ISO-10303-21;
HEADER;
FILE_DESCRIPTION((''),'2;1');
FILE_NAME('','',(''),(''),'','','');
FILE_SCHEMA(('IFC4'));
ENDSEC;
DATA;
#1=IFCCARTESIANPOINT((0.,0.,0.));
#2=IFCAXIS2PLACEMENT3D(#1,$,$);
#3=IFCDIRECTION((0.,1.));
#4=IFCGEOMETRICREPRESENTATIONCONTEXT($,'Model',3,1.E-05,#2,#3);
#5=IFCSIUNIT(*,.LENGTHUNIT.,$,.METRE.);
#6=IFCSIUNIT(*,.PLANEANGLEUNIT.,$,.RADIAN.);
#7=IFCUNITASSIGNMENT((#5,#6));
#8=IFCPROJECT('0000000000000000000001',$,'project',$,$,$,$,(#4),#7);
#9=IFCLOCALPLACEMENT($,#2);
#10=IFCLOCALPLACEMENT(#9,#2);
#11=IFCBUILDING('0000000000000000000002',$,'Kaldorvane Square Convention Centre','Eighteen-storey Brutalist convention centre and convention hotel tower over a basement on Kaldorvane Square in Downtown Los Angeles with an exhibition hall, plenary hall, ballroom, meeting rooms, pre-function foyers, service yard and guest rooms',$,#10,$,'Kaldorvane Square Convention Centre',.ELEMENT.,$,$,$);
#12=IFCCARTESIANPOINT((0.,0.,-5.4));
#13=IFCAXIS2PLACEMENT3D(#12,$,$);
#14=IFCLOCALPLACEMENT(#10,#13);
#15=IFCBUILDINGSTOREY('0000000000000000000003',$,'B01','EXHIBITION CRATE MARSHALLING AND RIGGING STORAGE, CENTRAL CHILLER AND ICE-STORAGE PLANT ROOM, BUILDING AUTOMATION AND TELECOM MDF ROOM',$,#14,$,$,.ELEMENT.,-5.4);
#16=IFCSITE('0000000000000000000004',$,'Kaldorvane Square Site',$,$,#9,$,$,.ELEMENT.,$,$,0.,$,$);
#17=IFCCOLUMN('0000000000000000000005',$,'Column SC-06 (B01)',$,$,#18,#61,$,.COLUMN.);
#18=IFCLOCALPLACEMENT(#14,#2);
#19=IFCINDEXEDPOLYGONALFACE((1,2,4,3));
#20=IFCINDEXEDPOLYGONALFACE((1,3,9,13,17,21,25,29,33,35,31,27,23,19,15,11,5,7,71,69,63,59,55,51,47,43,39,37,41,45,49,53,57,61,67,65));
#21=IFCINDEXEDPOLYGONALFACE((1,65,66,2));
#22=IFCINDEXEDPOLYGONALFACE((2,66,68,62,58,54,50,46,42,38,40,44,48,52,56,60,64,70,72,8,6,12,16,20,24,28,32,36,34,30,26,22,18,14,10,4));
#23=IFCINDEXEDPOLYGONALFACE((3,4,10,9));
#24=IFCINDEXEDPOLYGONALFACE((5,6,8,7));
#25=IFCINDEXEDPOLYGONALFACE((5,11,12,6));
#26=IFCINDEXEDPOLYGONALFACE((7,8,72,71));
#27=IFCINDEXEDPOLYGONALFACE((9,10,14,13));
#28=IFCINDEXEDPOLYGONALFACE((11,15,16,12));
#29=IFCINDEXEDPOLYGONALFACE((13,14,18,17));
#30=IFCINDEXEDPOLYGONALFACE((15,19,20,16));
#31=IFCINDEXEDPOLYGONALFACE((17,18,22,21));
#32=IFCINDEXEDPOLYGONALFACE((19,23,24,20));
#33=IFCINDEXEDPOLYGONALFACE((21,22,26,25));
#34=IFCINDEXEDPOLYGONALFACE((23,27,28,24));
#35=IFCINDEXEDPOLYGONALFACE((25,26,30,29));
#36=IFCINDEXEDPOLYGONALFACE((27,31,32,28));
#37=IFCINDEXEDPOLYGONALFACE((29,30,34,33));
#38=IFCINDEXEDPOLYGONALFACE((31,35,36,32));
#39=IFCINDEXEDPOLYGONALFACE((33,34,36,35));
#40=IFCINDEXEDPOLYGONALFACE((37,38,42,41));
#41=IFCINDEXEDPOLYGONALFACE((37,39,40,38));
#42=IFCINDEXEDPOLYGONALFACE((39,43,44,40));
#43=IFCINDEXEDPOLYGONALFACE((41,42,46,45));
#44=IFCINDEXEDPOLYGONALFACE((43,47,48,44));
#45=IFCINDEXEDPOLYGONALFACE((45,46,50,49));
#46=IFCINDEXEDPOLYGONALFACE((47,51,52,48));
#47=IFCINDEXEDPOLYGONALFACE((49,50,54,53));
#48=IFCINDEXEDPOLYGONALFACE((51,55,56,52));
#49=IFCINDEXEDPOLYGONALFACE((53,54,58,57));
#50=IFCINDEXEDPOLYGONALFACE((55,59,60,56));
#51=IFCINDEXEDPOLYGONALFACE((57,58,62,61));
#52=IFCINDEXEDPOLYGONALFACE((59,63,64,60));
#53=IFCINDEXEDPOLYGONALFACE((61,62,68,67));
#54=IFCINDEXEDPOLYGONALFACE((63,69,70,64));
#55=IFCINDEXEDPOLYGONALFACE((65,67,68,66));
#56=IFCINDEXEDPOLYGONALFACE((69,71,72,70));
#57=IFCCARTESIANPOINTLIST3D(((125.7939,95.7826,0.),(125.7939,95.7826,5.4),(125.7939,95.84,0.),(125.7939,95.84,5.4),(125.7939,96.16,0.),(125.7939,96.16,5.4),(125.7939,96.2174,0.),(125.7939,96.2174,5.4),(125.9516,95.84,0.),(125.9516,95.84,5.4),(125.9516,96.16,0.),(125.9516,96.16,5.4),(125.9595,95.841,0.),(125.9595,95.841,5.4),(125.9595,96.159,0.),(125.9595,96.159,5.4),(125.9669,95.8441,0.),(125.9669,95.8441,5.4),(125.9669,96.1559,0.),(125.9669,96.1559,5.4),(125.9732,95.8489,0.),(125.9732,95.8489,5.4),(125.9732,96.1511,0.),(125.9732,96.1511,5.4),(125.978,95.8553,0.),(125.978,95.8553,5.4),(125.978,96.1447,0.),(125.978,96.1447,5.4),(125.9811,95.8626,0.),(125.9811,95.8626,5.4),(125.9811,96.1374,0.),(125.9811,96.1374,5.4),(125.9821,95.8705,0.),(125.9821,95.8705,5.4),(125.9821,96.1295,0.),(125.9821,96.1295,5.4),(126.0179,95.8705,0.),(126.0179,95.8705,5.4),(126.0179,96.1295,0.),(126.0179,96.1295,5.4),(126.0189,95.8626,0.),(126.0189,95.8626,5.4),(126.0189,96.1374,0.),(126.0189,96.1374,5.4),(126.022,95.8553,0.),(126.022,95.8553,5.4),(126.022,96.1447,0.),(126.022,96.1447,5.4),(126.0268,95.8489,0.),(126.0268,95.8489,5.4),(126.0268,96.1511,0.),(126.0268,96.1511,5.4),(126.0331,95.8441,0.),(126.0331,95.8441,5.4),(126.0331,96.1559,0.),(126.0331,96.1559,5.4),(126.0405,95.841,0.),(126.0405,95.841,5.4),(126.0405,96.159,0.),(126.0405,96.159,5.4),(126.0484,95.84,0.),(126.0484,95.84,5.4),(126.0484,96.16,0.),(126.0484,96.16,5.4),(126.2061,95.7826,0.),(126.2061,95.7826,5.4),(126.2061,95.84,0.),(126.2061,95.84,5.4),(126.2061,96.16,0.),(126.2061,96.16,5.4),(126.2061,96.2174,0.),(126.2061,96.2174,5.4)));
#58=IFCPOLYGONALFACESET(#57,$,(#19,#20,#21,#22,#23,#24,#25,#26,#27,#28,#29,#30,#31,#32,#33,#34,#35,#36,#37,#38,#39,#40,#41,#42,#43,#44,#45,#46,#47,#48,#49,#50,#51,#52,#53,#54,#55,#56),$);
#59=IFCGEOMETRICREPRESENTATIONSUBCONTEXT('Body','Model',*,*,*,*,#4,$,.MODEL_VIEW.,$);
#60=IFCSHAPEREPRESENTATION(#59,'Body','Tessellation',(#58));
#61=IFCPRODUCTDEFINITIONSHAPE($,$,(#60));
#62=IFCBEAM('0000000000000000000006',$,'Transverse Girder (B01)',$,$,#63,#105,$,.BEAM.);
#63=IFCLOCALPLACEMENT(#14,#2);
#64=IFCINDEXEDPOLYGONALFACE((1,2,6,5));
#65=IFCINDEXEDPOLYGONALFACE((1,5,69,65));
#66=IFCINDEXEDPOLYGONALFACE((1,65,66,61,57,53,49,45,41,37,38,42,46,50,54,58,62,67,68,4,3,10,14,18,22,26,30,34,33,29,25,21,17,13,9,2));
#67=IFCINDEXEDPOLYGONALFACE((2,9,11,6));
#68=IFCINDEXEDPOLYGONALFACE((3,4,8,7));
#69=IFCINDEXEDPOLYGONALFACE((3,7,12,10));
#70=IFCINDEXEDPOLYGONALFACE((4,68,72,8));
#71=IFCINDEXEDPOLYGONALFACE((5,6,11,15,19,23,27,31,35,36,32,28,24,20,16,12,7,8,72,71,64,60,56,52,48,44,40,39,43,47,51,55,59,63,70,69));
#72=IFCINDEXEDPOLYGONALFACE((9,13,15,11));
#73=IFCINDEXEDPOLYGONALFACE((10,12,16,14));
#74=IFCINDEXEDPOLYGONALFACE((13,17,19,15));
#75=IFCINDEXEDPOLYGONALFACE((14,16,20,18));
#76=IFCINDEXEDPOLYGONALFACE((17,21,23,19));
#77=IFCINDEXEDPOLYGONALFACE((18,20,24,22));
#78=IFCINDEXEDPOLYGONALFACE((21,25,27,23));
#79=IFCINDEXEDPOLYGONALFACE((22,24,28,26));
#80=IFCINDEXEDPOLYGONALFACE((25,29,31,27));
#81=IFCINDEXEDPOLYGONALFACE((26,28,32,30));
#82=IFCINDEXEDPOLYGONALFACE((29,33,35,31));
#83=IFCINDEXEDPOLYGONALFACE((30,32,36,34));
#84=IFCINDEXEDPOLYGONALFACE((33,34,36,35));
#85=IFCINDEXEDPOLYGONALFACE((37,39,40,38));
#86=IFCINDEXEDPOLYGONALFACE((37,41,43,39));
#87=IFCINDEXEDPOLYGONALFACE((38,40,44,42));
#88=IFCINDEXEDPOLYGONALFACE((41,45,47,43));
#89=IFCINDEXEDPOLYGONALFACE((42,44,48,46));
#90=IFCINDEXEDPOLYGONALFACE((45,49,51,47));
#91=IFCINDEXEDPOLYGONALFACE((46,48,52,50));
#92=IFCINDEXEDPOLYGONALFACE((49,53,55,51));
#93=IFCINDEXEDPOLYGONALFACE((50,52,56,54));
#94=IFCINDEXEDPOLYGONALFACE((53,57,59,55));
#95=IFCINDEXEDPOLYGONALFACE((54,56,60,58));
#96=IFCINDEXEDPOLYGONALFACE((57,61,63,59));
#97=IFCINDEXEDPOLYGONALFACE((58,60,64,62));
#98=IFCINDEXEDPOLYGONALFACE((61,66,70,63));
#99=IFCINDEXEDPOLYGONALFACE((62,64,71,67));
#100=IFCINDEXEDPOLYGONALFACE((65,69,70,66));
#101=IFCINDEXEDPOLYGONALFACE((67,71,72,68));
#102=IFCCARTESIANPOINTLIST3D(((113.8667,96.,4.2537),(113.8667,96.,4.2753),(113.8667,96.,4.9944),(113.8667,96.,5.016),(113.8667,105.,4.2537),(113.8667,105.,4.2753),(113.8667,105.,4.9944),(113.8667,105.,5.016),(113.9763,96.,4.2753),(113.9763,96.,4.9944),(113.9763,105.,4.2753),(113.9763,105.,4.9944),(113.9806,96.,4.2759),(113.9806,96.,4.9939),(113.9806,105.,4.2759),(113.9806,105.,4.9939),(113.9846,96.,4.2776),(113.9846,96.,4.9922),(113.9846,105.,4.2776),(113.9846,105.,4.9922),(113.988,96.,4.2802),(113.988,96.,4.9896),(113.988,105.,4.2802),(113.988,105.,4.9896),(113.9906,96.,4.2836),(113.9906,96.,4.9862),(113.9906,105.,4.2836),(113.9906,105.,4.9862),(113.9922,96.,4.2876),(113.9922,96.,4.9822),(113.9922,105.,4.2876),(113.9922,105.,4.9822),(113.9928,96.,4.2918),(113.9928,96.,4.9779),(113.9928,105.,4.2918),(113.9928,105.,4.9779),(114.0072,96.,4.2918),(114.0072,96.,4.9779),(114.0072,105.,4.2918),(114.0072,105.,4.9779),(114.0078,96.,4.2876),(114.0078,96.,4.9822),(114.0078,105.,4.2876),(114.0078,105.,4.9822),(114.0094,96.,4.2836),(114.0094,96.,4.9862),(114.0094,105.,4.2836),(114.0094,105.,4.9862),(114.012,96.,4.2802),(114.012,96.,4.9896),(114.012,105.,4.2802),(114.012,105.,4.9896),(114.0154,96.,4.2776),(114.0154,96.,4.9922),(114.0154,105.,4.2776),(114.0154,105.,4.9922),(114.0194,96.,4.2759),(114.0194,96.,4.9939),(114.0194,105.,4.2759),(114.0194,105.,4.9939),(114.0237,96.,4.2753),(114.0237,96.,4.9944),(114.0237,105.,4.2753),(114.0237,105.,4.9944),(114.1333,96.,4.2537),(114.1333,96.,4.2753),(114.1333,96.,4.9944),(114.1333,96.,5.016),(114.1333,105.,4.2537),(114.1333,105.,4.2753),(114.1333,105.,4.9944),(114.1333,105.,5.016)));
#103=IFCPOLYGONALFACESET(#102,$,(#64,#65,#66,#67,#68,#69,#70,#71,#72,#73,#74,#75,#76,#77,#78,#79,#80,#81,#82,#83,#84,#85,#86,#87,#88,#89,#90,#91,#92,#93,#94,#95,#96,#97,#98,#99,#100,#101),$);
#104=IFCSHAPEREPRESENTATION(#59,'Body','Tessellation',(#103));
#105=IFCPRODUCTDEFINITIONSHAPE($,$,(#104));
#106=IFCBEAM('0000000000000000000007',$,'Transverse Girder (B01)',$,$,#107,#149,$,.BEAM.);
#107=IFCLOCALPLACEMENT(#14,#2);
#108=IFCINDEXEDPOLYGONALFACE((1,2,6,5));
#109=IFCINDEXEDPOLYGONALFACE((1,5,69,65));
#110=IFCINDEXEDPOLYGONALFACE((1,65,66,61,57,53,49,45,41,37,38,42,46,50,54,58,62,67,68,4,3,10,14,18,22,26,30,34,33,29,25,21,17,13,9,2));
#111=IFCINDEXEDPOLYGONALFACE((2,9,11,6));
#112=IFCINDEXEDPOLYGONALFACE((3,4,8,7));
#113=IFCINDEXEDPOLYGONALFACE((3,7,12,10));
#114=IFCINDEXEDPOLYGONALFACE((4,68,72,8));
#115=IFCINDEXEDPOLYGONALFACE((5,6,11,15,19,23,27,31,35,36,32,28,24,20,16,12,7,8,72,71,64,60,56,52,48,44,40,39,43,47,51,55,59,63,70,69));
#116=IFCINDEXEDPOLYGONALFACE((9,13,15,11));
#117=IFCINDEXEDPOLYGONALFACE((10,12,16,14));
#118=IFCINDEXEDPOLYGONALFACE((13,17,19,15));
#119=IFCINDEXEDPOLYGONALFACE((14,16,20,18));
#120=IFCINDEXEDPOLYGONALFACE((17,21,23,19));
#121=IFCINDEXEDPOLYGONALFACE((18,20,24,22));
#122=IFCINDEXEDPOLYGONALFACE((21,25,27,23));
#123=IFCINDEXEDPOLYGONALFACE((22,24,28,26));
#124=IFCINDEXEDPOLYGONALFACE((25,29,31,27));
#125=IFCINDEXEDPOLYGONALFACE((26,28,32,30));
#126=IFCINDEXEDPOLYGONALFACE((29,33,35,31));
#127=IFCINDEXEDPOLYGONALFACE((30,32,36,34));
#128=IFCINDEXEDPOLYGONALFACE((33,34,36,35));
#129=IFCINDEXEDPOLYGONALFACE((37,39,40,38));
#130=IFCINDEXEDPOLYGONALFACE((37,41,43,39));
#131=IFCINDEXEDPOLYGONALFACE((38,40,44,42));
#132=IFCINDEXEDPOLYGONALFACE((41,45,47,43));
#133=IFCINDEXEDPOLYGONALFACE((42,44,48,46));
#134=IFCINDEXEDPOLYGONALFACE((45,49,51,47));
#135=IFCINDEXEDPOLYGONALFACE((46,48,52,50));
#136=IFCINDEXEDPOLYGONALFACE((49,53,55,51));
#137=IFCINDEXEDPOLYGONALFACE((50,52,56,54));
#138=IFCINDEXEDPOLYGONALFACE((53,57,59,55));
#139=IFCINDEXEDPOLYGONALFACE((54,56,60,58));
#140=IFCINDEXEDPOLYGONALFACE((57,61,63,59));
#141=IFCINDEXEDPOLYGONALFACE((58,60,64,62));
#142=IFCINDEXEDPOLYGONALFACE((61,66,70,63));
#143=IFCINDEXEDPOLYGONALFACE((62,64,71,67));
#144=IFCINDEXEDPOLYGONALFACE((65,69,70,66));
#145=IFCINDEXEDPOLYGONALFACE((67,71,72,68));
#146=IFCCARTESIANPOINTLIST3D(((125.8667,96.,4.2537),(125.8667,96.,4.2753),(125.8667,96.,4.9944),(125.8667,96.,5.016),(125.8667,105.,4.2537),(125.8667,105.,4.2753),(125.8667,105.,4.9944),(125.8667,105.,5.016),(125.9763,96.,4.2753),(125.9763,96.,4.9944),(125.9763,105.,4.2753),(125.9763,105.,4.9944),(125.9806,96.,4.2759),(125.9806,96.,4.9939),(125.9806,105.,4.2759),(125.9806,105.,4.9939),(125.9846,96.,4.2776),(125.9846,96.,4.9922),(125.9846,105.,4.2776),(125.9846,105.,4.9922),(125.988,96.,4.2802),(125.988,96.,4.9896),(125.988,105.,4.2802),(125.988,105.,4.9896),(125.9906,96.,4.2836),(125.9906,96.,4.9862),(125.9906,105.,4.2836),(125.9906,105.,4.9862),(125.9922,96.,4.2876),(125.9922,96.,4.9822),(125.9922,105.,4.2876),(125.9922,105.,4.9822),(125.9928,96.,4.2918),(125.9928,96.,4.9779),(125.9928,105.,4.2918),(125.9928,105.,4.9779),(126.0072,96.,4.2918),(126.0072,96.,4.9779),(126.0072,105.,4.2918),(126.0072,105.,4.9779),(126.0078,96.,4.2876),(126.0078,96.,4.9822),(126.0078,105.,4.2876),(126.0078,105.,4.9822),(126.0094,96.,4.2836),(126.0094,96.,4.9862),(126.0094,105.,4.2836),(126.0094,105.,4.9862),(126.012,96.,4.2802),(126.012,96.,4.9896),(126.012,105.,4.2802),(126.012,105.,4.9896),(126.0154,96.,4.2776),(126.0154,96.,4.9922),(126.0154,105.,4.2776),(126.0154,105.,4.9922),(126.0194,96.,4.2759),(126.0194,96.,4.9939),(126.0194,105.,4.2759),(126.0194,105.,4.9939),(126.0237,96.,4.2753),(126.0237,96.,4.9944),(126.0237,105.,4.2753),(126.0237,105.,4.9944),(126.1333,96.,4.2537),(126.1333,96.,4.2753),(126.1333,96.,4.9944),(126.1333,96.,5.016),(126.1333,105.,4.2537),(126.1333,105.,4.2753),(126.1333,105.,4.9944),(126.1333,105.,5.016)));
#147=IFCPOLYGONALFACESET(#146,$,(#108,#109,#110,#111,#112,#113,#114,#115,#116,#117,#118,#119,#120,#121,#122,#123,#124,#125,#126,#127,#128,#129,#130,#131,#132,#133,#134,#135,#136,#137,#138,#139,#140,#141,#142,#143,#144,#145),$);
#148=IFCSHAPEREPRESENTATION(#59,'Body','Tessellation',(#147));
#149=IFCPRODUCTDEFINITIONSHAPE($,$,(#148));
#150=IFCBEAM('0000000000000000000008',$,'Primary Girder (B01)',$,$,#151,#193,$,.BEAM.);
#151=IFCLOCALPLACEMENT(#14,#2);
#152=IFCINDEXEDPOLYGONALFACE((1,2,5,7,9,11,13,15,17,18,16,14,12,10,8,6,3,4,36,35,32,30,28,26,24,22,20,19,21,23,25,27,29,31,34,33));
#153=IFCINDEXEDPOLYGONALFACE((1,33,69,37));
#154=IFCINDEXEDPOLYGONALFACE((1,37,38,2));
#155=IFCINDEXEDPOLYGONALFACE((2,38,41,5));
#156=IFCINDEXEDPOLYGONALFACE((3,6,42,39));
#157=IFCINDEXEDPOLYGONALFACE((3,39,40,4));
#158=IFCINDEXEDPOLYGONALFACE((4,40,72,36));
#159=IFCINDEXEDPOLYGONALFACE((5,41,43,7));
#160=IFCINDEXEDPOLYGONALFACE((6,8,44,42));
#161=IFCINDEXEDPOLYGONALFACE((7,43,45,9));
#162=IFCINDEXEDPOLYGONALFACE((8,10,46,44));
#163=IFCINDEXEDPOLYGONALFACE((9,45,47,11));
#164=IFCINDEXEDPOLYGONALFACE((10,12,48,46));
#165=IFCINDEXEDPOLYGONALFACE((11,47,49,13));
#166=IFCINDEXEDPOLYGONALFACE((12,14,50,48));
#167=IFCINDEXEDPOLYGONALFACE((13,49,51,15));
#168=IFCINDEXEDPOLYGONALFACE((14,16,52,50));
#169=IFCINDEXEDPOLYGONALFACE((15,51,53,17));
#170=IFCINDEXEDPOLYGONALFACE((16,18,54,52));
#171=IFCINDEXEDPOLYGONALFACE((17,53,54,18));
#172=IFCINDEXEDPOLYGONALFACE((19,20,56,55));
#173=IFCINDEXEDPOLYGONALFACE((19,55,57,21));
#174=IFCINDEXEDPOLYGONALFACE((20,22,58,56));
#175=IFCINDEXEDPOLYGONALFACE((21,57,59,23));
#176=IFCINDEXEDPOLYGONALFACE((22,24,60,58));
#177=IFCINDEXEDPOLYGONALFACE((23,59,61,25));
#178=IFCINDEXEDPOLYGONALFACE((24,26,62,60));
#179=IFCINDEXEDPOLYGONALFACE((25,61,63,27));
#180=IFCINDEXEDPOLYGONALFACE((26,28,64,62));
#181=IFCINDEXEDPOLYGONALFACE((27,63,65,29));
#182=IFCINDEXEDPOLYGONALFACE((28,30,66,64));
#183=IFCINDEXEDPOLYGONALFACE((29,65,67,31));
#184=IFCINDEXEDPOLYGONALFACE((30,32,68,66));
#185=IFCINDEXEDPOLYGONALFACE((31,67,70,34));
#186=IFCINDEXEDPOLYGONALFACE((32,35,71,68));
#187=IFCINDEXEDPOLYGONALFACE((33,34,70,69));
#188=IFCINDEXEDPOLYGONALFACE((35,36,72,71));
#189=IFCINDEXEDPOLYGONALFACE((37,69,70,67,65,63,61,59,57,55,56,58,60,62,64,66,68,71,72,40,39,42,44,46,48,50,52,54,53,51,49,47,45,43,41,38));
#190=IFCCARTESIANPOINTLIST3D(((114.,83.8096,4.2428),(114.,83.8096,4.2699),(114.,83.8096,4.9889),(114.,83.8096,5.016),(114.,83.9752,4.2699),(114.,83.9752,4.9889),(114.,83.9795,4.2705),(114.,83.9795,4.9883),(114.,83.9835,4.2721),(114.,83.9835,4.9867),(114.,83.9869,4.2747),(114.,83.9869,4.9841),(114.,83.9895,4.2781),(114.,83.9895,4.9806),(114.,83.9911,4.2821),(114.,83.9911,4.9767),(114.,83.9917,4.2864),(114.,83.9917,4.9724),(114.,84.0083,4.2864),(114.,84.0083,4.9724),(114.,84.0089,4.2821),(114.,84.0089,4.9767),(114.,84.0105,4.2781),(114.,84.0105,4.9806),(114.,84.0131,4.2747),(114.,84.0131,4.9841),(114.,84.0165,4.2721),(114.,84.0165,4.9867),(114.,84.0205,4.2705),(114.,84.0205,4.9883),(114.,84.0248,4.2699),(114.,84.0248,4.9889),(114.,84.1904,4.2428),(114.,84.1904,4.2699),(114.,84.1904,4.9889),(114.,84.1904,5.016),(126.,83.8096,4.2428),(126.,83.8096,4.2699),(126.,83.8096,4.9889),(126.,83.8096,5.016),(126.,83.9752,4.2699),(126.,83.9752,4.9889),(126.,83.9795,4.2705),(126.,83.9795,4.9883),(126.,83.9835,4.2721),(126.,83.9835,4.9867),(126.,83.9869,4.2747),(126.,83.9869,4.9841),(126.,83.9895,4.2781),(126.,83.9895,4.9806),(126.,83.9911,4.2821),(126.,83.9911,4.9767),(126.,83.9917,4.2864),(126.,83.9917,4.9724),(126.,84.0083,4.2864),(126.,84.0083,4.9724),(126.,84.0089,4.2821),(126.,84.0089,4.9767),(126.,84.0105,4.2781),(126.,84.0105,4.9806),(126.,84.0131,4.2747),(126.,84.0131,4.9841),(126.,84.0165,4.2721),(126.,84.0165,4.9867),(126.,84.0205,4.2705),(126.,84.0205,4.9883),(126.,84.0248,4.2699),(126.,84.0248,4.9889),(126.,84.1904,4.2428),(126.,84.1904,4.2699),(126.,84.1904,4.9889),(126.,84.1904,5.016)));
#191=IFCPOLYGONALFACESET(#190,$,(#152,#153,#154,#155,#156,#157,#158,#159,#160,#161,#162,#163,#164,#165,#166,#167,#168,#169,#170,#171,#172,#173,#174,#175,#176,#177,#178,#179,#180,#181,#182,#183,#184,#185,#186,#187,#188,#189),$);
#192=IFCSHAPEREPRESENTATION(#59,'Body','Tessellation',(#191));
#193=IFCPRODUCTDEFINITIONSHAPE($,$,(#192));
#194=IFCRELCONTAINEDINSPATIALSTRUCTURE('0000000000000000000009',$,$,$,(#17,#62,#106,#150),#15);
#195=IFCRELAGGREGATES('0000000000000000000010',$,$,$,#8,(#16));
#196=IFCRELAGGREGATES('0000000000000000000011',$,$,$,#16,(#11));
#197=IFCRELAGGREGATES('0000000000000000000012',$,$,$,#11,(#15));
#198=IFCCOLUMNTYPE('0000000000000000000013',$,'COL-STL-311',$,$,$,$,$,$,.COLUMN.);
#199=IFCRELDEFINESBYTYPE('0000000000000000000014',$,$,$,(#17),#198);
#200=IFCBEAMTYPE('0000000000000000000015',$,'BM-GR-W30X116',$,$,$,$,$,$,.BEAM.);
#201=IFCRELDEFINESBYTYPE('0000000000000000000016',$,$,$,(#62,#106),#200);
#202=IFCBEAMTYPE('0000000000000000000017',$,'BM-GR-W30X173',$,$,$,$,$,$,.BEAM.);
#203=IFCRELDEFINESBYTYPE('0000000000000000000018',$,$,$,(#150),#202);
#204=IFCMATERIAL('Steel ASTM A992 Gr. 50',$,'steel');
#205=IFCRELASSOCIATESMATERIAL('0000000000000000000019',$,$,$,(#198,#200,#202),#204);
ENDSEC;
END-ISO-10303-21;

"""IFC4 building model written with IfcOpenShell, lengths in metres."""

from ifc_helpers import new_model, si_unit, direction, frame, origin, origin_2d, place, context, subcontext, project, spatial, i_section, extrude, material, material_profile, profile_set, type_object, element, save


model = new_model("IFC4")

# Units and contexts
model_context = context("Model", 3, precision=1e-05, world=origin(), true_north=direction((0.0, 1.0)))
body_context = subcontext(model_context, "Body", "Model", "MODEL_VIEW")
ifc_project = project(units=[si_unit("LENGTHUNIT", "METRE"), si_unit("PLANEANGLEUNIT", "RADIAN")], contexts=[model_context])

# Site, building, storey
site_placement = place(None, origin())
site = spatial("IfcSite", under=ifc_project, at=site_placement, Name="Kaldorvane Square Site", CompositionType="ELEMENT", RefElevation=0.0)
building_placement = place(site_placement, origin())
building = spatial("IfcBuilding", under=site, at=building_placement, Name="Kaldorvane Square Convention Centre", Description="Eighteen-storey Brutalist convention centre and convention hotel tower over a basement on Kaldorvane Square in Downtown Los Angeles with an exhibition hall, plenary hall, ballroom, meeting rooms, pre-function foyers, service yard and guest rooms", LongName="Kaldorvane Square Convention Centre", CompositionType="ELEMENT")
storey_placement = place(building_placement, frame((0.0, 0.0, -5.4)))
storey = spatial("IfcBuildingStorey", under=building, at=storey_placement, Name="B01", Description="EXHIBITION CRATE MARSHALLING AND RIGGING STORAGE, CENTRAL CHILLER AND ICE-STORAGE PLANT ROOM, BUILDING AUTOMATION AND TELECOM MDF ROOM", CompositionType="ELEMENT", Elevation=-5.4)

# Column
ifc_material_1 = material(Name="Steel ASTM A992 Gr. 50", Category="steel")
ifc_material_profile_1 = material_profile(ifc_material_1, i_section(OverallWidth=0.4122, OverallDepth=0.4348, WebThickness=0.0358, FlangeThickness=0.0574, FilletRadius=0.0305, at=origin_2d()), Name="W14X311")
ifc_profile_set_1 = profile_set([ifc_material_profile_1], Name="Steel ASTM A992 Gr. 50")
column_type = type_object("IfcColumnType", Name="COL-STL-311", PredefinedType="COLUMN", material=ifc_profile_set_1)
for number, where, z_axis, x_axis, name in (
    (1, (126.0, 96.0, 0.0), (0.0, 0.0, 1.0), (1.0, 0.0, 0.0), "Column SC-06 (B01)"),
):
    element("IfcColumn", number, at=place(storey_placement, frame(where, z_axis=z_axis, x_axis=x_axis)), inside=storey, type_object=column_type, Name=name, PredefinedType="COLUMN", context=body_context, shape_type="SweptSolid", body=[
        extrude(i_section(OverallWidth=0.4122, OverallDepth=0.4348, WebThickness=0.0358, FlangeThickness=0.0574, FilletRadius=0.0305, at=origin_2d()), origin(), (0.0, 0.0, 1.0), 5.4),
    ])

# Beams
ifc_material_profile_2 = material_profile(ifc_material_1, i_section(OverallWidth=0.2666, OverallDepth=0.7623, WebThickness=0.0144, FlangeThickness=0.0216, FilletRadius=0.0165, at=origin_2d()), Name="W30X116")
ifc_profile_set_2 = profile_set([ifc_material_profile_2], Name="Steel ASTM A992 Gr. 50")
beam_type_1 = type_object("IfcBeamType", Name="BM-GR-W30X116", PredefinedType="BEAM", material=ifc_profile_set_2)
for number, where, z_axis, x_axis, name in (
    (2, (114.0, 96.0, 4.6349), (0.0, 1.0, 0.0), (-1.0, 0.0, 0.0), "Transverse Girder (B01)"),
    (3, (126.0, 96.0, 4.6349), (0.0, 1.0, 0.0), (-1.0, 0.0, 0.0), "Transverse Girder (B01)"),
):
    element("IfcBeam", number, at=place(storey_placement, frame(where, z_axis=z_axis, x_axis=x_axis)), inside=storey, type_object=beam_type_1, Name=name, PredefinedType="BEAM", context=body_context, shape_type="SweptSolid", body=[
        extrude(i_section(OverallWidth=0.2666, OverallDepth=0.7623, WebThickness=0.0144, FlangeThickness=0.0216, FilletRadius=0.0165, at=origin_2d()), origin(), (0.0, 0.0, 1.0), 9.0),
    ])
ifc_material_profile_3 = material_profile(ifc_material_1, i_section(OverallWidth=0.3807, OverallDepth=0.7732, WebThickness=0.0166, FlangeThickness=0.0271, FilletRadius=0.0165, at=origin_2d()), Name="W30X173")
ifc_profile_set_3 = profile_set([ifc_material_profile_3], Name="Steel ASTM A992 Gr. 50")
beam_type_2 = type_object("IfcBeamType", Name="BM-GR-W30X173", PredefinedType="BEAM", material=ifc_profile_set_3)
for number, where, z_axis, x_axis, name in (
    (4, (114.0, 84.0, 4.6294), (1.0, 0.0, 0.0), (0.0, 1.0, 0.0), "Primary Girder (B01)"),
):
    element("IfcBeam", number, at=place(storey_placement, frame(where, z_axis=z_axis, x_axis=x_axis)), inside=storey, type_object=beam_type_2, Name=name, PredefinedType="BEAM", context=body_context, shape_type="SweptSolid", body=[
        extrude(i_section(OverallWidth=0.3807, OverallDepth=0.7732, WebThickness=0.0166, FlangeThickness=0.0271, FilletRadius=0.0165, at=origin_2d()), origin(), (0.0, 0.0, 1.0), 12.0),
    ])

save(model, "model.ifc")
